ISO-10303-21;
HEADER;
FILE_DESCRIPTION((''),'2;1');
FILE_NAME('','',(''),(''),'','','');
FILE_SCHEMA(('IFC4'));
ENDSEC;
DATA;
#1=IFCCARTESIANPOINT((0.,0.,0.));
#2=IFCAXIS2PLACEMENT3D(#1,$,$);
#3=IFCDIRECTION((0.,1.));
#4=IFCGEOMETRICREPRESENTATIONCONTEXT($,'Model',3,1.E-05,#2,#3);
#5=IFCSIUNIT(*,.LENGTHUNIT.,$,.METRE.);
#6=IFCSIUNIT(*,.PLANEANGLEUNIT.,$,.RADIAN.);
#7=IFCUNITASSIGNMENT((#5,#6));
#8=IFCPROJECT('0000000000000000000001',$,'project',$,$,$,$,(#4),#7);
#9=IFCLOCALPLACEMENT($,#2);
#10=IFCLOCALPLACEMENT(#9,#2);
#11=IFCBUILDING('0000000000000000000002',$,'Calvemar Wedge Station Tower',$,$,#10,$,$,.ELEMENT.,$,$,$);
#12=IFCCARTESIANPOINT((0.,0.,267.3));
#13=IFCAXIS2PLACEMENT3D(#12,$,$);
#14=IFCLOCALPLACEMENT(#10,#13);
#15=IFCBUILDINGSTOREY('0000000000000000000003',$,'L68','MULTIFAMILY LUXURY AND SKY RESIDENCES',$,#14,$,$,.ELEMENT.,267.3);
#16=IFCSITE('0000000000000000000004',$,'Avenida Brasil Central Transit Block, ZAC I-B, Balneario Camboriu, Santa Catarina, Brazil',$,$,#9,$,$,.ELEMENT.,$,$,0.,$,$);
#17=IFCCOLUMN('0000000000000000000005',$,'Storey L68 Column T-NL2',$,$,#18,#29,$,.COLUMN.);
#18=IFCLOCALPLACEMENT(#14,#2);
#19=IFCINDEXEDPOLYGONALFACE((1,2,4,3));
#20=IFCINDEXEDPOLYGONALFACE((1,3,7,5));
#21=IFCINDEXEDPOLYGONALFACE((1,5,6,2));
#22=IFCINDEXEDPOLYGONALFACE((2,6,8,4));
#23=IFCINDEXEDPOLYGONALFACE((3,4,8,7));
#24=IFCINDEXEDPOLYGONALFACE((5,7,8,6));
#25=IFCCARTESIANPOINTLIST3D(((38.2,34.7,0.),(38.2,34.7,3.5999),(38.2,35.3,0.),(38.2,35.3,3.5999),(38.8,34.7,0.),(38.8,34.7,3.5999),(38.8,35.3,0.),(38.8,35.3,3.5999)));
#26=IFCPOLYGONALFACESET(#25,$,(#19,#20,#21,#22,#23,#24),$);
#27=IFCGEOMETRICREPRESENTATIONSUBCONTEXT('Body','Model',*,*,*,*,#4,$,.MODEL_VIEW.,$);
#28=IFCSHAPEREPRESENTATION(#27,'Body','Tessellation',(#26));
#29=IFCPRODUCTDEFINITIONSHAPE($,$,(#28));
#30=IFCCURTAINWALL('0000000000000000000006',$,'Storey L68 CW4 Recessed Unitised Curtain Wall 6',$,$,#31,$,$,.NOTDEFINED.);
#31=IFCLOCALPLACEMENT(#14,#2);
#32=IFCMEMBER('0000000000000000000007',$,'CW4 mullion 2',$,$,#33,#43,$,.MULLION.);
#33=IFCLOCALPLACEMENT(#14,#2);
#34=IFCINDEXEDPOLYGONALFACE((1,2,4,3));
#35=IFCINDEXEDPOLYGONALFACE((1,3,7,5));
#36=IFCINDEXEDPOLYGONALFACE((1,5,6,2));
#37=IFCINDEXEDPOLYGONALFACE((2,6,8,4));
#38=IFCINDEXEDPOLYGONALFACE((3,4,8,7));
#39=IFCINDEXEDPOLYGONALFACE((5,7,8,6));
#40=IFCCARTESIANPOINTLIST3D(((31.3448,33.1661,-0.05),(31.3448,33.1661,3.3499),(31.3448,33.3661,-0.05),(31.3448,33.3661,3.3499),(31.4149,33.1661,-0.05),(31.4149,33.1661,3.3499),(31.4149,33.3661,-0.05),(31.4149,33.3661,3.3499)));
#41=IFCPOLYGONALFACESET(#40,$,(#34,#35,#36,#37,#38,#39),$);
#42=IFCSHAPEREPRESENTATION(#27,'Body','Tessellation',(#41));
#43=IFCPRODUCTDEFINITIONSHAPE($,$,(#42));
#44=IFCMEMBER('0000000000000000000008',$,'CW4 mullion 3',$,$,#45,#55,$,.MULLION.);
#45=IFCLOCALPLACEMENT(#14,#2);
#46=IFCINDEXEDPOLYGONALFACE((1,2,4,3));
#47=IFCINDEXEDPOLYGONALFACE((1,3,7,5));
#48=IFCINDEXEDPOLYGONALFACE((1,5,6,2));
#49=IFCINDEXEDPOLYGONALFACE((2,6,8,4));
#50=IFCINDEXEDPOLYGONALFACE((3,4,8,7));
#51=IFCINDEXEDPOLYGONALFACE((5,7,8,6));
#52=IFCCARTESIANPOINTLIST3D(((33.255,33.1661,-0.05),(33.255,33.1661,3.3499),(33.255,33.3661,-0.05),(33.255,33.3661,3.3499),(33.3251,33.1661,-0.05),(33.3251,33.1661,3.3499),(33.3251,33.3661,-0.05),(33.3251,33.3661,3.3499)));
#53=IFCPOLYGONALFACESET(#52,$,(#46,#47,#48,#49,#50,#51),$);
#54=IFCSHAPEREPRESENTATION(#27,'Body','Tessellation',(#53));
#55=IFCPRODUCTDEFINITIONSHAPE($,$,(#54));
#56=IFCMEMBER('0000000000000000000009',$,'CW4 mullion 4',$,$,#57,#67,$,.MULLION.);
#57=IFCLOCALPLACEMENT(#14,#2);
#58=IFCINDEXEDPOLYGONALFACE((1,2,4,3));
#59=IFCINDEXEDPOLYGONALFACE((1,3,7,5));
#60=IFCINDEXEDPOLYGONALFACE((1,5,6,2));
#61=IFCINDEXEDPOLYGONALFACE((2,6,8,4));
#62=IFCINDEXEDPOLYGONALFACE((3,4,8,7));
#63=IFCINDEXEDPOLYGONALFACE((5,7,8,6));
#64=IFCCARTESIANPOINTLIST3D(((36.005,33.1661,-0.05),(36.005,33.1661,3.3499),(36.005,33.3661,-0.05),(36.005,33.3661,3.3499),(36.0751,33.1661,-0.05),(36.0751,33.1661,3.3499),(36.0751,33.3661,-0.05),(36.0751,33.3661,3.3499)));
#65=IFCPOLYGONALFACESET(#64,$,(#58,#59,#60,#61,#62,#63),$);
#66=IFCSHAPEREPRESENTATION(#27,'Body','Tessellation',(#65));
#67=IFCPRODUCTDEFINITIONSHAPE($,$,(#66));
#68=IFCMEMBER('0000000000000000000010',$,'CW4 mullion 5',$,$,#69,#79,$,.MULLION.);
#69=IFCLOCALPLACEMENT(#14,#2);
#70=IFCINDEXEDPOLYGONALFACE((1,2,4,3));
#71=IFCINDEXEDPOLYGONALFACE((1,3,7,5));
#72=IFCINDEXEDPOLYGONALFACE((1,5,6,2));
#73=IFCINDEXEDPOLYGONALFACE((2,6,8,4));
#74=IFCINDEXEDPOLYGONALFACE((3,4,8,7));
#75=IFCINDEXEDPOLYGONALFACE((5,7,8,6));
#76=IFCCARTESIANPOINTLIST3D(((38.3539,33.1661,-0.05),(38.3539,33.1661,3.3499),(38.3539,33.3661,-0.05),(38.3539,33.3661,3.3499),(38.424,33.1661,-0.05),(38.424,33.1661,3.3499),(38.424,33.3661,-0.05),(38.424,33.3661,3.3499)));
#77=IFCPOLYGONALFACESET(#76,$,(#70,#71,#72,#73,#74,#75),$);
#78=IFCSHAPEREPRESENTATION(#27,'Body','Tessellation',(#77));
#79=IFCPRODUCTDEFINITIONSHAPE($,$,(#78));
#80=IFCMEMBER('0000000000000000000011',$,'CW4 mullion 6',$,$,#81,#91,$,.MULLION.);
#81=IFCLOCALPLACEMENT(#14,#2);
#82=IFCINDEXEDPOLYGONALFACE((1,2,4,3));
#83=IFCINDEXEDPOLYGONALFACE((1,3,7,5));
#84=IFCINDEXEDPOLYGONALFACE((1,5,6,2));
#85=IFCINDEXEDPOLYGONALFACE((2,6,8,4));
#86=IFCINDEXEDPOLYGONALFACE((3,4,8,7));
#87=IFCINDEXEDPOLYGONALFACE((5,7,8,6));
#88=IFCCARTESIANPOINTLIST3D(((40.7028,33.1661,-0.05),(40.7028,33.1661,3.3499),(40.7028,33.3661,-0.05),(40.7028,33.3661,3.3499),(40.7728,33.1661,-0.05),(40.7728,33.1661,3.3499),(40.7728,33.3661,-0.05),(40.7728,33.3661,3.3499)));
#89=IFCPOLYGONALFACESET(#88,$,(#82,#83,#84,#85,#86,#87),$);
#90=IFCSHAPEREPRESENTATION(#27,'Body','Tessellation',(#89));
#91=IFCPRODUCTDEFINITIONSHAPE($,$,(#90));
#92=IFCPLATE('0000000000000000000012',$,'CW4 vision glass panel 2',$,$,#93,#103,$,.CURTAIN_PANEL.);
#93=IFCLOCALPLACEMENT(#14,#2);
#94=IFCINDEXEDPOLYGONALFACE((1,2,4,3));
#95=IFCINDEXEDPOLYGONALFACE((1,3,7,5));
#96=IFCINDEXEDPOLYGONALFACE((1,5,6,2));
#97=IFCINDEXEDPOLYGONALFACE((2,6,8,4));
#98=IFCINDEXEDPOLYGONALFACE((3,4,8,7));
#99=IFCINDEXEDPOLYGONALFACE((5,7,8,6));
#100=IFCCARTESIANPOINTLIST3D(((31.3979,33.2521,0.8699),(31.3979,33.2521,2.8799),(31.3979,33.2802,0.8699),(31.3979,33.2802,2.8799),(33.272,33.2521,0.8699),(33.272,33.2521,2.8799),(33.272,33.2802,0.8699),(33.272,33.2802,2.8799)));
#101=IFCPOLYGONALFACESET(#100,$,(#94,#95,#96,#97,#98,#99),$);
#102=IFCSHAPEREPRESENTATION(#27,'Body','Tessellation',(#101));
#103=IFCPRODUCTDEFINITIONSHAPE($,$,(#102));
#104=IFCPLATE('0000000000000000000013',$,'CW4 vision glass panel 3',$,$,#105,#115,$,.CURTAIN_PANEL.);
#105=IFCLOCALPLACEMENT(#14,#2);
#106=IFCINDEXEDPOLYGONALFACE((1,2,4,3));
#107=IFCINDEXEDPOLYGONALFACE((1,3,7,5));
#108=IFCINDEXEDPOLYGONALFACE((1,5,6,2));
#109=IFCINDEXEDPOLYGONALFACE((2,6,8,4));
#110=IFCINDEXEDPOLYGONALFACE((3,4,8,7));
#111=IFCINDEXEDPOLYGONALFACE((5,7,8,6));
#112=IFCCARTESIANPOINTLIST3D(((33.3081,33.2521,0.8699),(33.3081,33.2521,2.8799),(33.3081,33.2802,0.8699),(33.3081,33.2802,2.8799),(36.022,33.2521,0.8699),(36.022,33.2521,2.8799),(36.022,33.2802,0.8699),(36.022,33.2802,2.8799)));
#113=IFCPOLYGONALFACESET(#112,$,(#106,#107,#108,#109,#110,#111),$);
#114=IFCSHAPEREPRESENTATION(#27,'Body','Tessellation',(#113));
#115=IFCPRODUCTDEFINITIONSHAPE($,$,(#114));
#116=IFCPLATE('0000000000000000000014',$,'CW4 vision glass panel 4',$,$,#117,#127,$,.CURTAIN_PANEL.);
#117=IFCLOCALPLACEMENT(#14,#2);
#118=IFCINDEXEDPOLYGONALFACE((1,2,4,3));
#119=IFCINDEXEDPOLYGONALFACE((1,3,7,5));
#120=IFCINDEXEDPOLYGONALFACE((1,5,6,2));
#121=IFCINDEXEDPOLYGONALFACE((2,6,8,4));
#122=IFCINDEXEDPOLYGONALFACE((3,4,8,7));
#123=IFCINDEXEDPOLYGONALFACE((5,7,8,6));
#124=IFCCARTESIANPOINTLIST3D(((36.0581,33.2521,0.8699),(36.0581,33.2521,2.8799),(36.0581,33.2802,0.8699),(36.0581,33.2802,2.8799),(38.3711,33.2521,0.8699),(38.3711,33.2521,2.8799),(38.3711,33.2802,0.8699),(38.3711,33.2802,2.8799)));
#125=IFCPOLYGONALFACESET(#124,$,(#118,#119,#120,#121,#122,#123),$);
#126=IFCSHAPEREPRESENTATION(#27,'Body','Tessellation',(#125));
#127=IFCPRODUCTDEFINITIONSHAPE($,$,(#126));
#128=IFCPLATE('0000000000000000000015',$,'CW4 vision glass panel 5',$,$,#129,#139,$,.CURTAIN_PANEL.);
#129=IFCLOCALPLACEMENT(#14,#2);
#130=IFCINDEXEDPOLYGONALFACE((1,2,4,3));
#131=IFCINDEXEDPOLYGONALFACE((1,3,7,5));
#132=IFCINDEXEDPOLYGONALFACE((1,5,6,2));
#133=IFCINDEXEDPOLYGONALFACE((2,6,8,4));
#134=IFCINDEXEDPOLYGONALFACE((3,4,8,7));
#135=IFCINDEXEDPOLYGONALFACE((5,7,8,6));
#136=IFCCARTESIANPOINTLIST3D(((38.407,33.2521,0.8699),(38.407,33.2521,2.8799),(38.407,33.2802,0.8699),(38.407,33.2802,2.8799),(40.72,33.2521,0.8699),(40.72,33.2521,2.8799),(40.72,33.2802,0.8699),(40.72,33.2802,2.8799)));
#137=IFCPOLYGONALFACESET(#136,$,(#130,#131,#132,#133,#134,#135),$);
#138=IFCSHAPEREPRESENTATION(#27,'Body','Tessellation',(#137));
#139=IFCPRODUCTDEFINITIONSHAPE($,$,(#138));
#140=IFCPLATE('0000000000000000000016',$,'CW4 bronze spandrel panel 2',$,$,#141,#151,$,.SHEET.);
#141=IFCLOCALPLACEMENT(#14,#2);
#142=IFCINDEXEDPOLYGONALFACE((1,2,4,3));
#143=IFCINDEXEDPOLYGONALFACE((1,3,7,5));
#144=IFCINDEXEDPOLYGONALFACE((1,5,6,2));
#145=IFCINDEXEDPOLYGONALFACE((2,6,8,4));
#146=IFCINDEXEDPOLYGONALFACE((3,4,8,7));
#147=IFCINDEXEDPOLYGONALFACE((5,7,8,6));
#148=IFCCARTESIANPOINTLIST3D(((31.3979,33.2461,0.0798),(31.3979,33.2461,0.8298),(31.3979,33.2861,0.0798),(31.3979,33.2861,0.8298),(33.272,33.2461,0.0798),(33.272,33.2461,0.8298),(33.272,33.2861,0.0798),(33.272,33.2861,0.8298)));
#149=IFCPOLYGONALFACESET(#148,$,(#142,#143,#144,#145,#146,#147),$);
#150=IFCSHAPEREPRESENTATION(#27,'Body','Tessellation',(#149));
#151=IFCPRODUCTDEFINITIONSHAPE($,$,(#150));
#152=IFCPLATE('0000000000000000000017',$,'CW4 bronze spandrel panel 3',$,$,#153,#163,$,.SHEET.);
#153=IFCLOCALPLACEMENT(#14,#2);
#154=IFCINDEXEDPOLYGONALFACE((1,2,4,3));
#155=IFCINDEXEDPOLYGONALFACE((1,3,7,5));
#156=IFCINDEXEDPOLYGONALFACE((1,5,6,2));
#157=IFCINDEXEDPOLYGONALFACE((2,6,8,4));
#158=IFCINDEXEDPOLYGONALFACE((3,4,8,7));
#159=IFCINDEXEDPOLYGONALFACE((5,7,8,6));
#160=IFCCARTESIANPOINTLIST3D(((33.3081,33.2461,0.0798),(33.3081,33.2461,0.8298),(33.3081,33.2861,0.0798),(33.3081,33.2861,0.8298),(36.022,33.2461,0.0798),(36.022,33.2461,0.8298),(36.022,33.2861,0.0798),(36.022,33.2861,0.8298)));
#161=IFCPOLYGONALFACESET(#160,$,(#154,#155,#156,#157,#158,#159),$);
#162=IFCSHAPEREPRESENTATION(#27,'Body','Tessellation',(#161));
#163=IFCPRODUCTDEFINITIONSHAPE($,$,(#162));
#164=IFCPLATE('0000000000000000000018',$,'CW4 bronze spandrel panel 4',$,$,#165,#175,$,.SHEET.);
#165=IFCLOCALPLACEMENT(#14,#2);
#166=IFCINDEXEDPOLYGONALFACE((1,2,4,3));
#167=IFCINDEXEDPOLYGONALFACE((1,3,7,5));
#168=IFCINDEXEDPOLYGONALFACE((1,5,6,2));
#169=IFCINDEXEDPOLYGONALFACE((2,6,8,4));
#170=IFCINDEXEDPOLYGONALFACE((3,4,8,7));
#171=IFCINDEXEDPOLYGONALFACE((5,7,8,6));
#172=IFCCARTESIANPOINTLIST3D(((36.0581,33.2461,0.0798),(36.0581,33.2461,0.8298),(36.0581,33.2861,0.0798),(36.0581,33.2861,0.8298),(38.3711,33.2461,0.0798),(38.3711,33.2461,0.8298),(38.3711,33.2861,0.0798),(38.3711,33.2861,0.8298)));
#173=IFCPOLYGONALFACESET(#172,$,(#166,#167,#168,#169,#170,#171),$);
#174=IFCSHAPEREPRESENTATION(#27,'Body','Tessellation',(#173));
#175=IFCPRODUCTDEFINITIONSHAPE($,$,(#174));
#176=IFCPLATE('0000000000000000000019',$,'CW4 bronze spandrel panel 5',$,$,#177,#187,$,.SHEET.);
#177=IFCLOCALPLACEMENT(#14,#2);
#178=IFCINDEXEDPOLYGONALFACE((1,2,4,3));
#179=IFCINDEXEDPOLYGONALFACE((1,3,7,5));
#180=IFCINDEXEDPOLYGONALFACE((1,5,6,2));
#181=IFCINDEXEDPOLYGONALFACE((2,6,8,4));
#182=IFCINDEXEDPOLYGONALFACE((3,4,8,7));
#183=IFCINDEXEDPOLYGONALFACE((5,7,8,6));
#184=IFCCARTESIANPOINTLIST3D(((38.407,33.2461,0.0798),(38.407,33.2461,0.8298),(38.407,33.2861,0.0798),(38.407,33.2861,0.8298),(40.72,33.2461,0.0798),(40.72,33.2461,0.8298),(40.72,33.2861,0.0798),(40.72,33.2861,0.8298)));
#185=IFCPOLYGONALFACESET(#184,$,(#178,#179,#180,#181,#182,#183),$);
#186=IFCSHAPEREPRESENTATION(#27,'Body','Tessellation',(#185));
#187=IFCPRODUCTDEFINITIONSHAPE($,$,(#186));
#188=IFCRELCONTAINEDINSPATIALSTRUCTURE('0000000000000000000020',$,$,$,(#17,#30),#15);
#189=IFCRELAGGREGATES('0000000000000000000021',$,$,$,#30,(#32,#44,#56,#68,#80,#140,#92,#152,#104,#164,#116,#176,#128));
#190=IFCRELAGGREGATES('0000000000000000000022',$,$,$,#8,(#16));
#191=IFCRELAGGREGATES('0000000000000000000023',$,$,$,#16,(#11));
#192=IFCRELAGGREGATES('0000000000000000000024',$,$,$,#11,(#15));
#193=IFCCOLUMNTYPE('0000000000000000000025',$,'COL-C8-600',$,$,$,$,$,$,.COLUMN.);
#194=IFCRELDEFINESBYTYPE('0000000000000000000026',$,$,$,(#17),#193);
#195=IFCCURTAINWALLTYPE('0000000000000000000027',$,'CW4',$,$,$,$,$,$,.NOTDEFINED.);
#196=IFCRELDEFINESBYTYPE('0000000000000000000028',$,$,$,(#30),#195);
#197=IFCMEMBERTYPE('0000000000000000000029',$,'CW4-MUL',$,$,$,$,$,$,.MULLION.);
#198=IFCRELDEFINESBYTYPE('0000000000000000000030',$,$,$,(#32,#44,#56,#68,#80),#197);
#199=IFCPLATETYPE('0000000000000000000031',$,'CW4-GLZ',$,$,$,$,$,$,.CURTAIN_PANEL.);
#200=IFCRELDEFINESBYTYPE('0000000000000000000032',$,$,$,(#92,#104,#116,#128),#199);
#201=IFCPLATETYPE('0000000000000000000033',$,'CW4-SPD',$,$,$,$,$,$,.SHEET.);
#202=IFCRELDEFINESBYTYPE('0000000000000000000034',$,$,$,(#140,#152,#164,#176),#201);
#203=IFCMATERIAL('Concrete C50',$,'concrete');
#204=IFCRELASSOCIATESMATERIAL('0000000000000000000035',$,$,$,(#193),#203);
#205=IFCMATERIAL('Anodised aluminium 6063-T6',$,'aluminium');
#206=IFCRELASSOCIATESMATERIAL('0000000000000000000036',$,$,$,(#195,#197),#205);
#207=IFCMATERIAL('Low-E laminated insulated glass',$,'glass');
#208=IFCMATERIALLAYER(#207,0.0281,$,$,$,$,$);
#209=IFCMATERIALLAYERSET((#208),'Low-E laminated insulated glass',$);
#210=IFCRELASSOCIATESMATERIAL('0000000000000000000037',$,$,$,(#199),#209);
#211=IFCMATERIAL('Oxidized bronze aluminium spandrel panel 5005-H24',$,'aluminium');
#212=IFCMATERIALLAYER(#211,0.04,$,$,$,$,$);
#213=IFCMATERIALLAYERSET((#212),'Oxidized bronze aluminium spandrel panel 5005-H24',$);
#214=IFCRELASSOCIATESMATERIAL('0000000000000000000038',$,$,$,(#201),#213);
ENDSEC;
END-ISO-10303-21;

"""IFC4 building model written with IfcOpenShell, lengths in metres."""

from ifc_helpers import new_model, si_unit, direction, frame, frame_2d, origin, origin_2d, place, context, subcontext, project, spatial, rectangle, extrude, source, transform, mapped, material, layer, layer_set, material_profile, profile_set, type_object, element, aggregate, save


model = new_model("IFC4")

# Units and contexts
model_context = context("Model", 3, precision=1e-05, world=origin(), true_north=direction((0.0, 1.0)))
body_context = subcontext(model_context, "Body", "Model", "MODEL_VIEW")
ifc_project = project(units=[si_unit("LENGTHUNIT", "METRE"), si_unit("PLANEANGLEUNIT", "RADIAN")], contexts=[model_context])

# Site, building, storey
site_placement = place(None, origin())
site = spatial("IfcSite", under=ifc_project, at=site_placement, Name="Avenida Brasil Central Transit Block, ZAC I-B, Balneario Camboriu, Santa Catarina, Brazil", CompositionType="ELEMENT", RefElevation=0.0)
building_placement = place(site_placement, origin())
building = spatial("IfcBuilding", under=site, at=building_placement, Name="Calvemar Wedge Station Tower", CompositionType="ELEMENT")
storey_placement = place(building_placement, frame((0.0, 0.0, 267.3)))
storey = spatial("IfcBuildingStorey", under=building, at=storey_placement, Name="L68", Description="MULTIFAMILY LUXURY AND SKY RESIDENCES", CompositionType="ELEMENT", Elevation=267.3)

# Column
ifc_material_1 = material(Name="Concrete C50", Category="concrete")
ifc_material_profile_1 = material_profile(ifc_material_1, rectangle(XDim=0.6001, YDim=0.6001, at=origin_2d()), Name="RC600x600")
ifc_profile_set_1 = profile_set([ifc_material_profile_1], Name="Concrete C50")
column_type = type_object("IfcColumnType", Name="COL-C8-600", PredefinedType="COLUMN", material=ifc_profile_set_1)
shared_shape_1 = source(origin(), body_context, "Body", "SweptSolid", [
    extrude(rectangle(XDim=0.6001, YDim=0.6001, at=origin_2d()), origin(), (0.0, 0.0, 1.0), 3.5999),
])
column_placement = place(storey_placement, frame((38.5, 35.0, 0.0), z_axis=(0.0, 0.0, 1.0), x_axis=(1.0, 0.0, 0.0)))
element("IfcColumn", 1, at=column_placement, inside=storey, type_object=column_type, Name="Storey L68 Column T-NL2", PredefinedType="COLUMN", context=body_context, shape_type="MappedRepresentation", body=[
    mapped(shared_shape_1, transform((0.0, 0.0, 0.0), scale=1.0)),
])

# Curtain wall, members, plates
ifc_material_2 = material(Name="Anodised aluminium 6063-T6", Category="aluminium")
curtain_wall_type = type_object("IfcCurtainWallType", Name="CW4", PredefinedType="NOTDEFINED", material=ifc_material_2)
curtain_wall_placement = place(storey_placement, origin())
curtain_wall = element("IfcCurtainWall", 2, at=curtain_wall_placement, inside=storey, type_object=curtain_wall_type, Name="Storey L68 CW4 Recessed Unitised Curtain Wall 6", PredefinedType="NOTDEFINED")
ifc_material_profile_2 = material_profile(ifc_material_2, rectangle(XDim=0.0701, YDim=0.2, at=origin_2d()), Name="AL-MUL-70x200")
ifc_profile_set_2 = profile_set([ifc_material_profile_2], Name="Anodised aluminium 6063-T6")
member_type = type_object("IfcMemberType", Name="CW4-MUL", PredefinedType="MULLION", material=ifc_profile_set_2)
shared_shape_2 = source(origin(), body_context, "Body", "SweptSolid", [
    extrude(rectangle(XDim=0.0701, YDim=0.2, at=origin_2d()), origin(), (0.0, 0.0, 1.0), 3.3999),
])
member_1_placement = place(storey_placement, frame((31.3799, 33.2661, -0.05), z_axis=(0.0, 0.0, 1.0), x_axis=(1.0, 0.0, 0.0)))
member_1 = element("IfcMember", 3, at=member_1_placement, type_object=member_type, Name="CW4 mullion 2", PredefinedType="MULLION", context=body_context, shape_type="MappedRepresentation", body=[
    mapped(shared_shape_2, transform((0.0, 0.0, 0.0), scale=1.0)),
])
member_2_placement = place(storey_placement, frame((33.29, 33.2661, -0.05), z_axis=(0.0, 0.0, 1.0), x_axis=(1.0, 0.0, 0.0)))
member_2 = element("IfcMember", 4, at=member_2_placement, type_object=member_type, Name="CW4 mullion 3", PredefinedType="MULLION", context=body_context, shape_type="MappedRepresentation", body=[
    mapped(shared_shape_2, transform((0.0, 0.0, 0.0), scale=1.0)),
])
member_3_placement = place(storey_placement, frame((36.04, 33.2661, -0.05), z_axis=(0.0, 0.0, 1.0), x_axis=(1.0, 0.0, 0.0)))
member_3 = element("IfcMember", 5, at=member_3_placement, type_object=member_type, Name="CW4 mullion 4", PredefinedType="MULLION", context=body_context, shape_type="MappedRepresentation", body=[
    mapped(shared_shape_2, transform((0.0, 0.0, 0.0), scale=1.0)),
])
member_4_placement = place(storey_placement, frame((38.3889, 33.2661, -0.05), z_axis=(0.0, 0.0, 1.0), x_axis=(1.0, 0.0, 0.0)))
member_4 = element("IfcMember", 6, at=member_4_placement, type_object=member_type, Name="CW4 mullion 5", PredefinedType="MULLION", context=body_context, shape_type="MappedRepresentation", body=[
    mapped(shared_shape_2, transform((0.0, 0.0, 0.0), scale=1.0)),
])
member_5_placement = place(storey_placement, frame((40.7378, 33.2661, -0.05), z_axis=(0.0, 0.0, 1.0), x_axis=(1.0, 0.0, 0.0)))
member_5 = element("IfcMember", 7, at=member_5_placement, type_object=member_type, Name="CW4 mullion 6", PredefinedType="MULLION", context=body_context, shape_type="MappedRepresentation", body=[
    mapped(shared_shape_2, transform((0.0, 0.0, 0.0), scale=1.0)),
])
ifc_material_3 = material(Name="Low-E laminated insulated glass", Category="glass")
ifc_layer_1 = layer(ifc_material_3, 0.0281)
ifc_layer_set_1 = layer_set([ifc_layer_1], Name="Low-E laminated insulated glass")
plate_type_1 = type_object("IfcPlateType", Name="CW4-GLZ", PredefinedType="CURTAIN_PANEL", material=ifc_layer_set_1)
plate_1_placement = place(storey_placement, frame((31.3979, 33.2661, 0.8699), z_axis=(0.0, 0.0, 1.0), x_axis=(1.0, 0.0, 0.0)))
plate_1 = element("IfcPlate", 8, at=plate_1_placement, type_object=plate_type_1, Name="CW4 vision glass panel 2", PredefinedType="CURTAIN_PANEL", context=body_context, shape_type="SweptSolid", body=[
    extrude(rectangle(XDim=1.874, YDim=0.0281, at=frame_2d((0.937, 0.0))), origin(), (0.0, 0.0, 1.0), 2.01),
])
plate_2_placement = place(storey_placement, frame((33.3081, 33.2661, 0.8699), z_axis=(0.0, 0.0, 1.0), x_axis=(1.0, 0.0, 0.0)))
plate_2 = element("IfcPlate", 9, at=plate_2_placement, type_object=plate_type_1, Name="CW4 vision glass panel 3", PredefinedType="CURTAIN_PANEL", context=body_context, shape_type="SweptSolid", body=[
    extrude(rectangle(XDim=2.7139, YDim=0.0281, at=frame_2d((1.3569, 0.0))), origin(), (0.0, 0.0, 1.0), 2.01),
])
plate_3_placement = place(storey_placement, frame((36.0581, 33.2661, 0.8699), z_axis=(0.0, 0.0, 1.0), x_axis=(1.0, 0.0, 0.0)))
plate_3 = element("IfcPlate", 10, at=plate_3_placement, type_object=plate_type_1, Name="CW4 vision glass panel 4", PredefinedType="CURTAIN_PANEL", context=body_context, shape_type="SweptSolid", body=[
    extrude(rectangle(XDim=2.313, YDim=0.0281, at=frame_2d((1.1565, 0.0))), origin(), (0.0, 0.0, 1.0), 2.01),
])
plate_4_placement = place(storey_placement, frame((38.407, 33.2661, 0.8699), z_axis=(0.0, 0.0, 1.0), x_axis=(1.0, 0.0, 0.0)))
plate_4 = element("IfcPlate", 11, at=plate_4_placement, type_object=plate_type_1, Name="CW4 vision glass panel 5", PredefinedType="CURTAIN_PANEL", context=body_context, shape_type="SweptSolid", body=[
    extrude(rectangle(XDim=2.313, YDim=0.0281, at=frame_2d((1.1565, 0.0))), origin(), (0.0, 0.0, 1.0), 2.01),
])
ifc_material_4 = material(Name="Oxidized bronze aluminium spandrel panel 5005-H24", Category="aluminium")
ifc_layer_2 = layer(ifc_material_4, 0.04)
ifc_layer_set_2 = layer_set([ifc_layer_2], Name="Oxidized bronze aluminium spandrel panel 5005-H24")
plate_type_2 = type_object("IfcPlateType", Name="CW4-SPD", PredefinedType="SHEET", material=ifc_layer_set_2)
plate_5_placement = place(storey_placement, frame((31.3979, 33.2661, 0.0798), z_axis=(0.0, 0.0, 1.0), x_axis=(1.0, 0.0, 0.0)))
plate_5 = element("IfcPlate", 12, at=plate_5_placement, type_object=plate_type_2, Name="CW4 bronze spandrel panel 2", PredefinedType="SHEET", context=body_context, shape_type="SweptSolid", body=[
    extrude(rectangle(XDim=1.874, YDim=0.04, at=frame_2d((0.937, 0.0))), origin(), (0.0, 0.0, 1.0), 0.75),
])
plate_6_placement = place(storey_placement, frame((33.3081, 33.2661, 0.0798), z_axis=(0.0, 0.0, 1.0), x_axis=(1.0, 0.0, 0.0)))
plate_6 = element("IfcPlate", 13, at=plate_6_placement, type_object=plate_type_2, Name="CW4 bronze spandrel panel 3", PredefinedType="SHEET", context=body_context, shape_type="SweptSolid", body=[
    extrude(rectangle(XDim=2.7139, YDim=0.04, at=frame_2d((1.3569, 0.0))), origin(), (0.0, 0.0, 1.0), 0.75),
])
plate_7_placement = place(storey_placement, frame((36.0581, 33.2661, 0.0798), z_axis=(0.0, 0.0, 1.0), x_axis=(1.0, 0.0, 0.0)))
plate_7 = element("IfcPlate", 14, at=plate_7_placement, type_object=plate_type_2, Name="CW4 bronze spandrel panel 4", PredefinedType="SHEET", context=body_context, shape_type="SweptSolid", body=[
    extrude(rectangle(XDim=2.313, YDim=0.04, at=frame_2d((1.1565, 0.0))), origin(), (0.0, 0.0, 1.0), 0.75),
])
plate_8_placement = place(storey_placement, frame((38.407, 33.2661, 0.0798), z_axis=(0.0, 0.0, 1.0), x_axis=(1.0, 0.0, 0.0)))
plate_8 = element("IfcPlate", 15, at=plate_8_placement, type_object=plate_type_2, Name="CW4 bronze spandrel panel 5", PredefinedType="SHEET", context=body_context, shape_type="SweptSolid", body=[
    extrude(rectangle(XDim=2.313, YDim=0.04, at=frame_2d((1.1565, 0.0))), origin(), (0.0, 0.0, 1.0), 0.75),
])
aggregate(curtain_wall, [member_1, member_2, member_3, member_4, member_5, plate_5, plate_1, plate_6, plate_2, plate_7, plate_3, plate_8, plate_4])

save(model, "model.ifc")
